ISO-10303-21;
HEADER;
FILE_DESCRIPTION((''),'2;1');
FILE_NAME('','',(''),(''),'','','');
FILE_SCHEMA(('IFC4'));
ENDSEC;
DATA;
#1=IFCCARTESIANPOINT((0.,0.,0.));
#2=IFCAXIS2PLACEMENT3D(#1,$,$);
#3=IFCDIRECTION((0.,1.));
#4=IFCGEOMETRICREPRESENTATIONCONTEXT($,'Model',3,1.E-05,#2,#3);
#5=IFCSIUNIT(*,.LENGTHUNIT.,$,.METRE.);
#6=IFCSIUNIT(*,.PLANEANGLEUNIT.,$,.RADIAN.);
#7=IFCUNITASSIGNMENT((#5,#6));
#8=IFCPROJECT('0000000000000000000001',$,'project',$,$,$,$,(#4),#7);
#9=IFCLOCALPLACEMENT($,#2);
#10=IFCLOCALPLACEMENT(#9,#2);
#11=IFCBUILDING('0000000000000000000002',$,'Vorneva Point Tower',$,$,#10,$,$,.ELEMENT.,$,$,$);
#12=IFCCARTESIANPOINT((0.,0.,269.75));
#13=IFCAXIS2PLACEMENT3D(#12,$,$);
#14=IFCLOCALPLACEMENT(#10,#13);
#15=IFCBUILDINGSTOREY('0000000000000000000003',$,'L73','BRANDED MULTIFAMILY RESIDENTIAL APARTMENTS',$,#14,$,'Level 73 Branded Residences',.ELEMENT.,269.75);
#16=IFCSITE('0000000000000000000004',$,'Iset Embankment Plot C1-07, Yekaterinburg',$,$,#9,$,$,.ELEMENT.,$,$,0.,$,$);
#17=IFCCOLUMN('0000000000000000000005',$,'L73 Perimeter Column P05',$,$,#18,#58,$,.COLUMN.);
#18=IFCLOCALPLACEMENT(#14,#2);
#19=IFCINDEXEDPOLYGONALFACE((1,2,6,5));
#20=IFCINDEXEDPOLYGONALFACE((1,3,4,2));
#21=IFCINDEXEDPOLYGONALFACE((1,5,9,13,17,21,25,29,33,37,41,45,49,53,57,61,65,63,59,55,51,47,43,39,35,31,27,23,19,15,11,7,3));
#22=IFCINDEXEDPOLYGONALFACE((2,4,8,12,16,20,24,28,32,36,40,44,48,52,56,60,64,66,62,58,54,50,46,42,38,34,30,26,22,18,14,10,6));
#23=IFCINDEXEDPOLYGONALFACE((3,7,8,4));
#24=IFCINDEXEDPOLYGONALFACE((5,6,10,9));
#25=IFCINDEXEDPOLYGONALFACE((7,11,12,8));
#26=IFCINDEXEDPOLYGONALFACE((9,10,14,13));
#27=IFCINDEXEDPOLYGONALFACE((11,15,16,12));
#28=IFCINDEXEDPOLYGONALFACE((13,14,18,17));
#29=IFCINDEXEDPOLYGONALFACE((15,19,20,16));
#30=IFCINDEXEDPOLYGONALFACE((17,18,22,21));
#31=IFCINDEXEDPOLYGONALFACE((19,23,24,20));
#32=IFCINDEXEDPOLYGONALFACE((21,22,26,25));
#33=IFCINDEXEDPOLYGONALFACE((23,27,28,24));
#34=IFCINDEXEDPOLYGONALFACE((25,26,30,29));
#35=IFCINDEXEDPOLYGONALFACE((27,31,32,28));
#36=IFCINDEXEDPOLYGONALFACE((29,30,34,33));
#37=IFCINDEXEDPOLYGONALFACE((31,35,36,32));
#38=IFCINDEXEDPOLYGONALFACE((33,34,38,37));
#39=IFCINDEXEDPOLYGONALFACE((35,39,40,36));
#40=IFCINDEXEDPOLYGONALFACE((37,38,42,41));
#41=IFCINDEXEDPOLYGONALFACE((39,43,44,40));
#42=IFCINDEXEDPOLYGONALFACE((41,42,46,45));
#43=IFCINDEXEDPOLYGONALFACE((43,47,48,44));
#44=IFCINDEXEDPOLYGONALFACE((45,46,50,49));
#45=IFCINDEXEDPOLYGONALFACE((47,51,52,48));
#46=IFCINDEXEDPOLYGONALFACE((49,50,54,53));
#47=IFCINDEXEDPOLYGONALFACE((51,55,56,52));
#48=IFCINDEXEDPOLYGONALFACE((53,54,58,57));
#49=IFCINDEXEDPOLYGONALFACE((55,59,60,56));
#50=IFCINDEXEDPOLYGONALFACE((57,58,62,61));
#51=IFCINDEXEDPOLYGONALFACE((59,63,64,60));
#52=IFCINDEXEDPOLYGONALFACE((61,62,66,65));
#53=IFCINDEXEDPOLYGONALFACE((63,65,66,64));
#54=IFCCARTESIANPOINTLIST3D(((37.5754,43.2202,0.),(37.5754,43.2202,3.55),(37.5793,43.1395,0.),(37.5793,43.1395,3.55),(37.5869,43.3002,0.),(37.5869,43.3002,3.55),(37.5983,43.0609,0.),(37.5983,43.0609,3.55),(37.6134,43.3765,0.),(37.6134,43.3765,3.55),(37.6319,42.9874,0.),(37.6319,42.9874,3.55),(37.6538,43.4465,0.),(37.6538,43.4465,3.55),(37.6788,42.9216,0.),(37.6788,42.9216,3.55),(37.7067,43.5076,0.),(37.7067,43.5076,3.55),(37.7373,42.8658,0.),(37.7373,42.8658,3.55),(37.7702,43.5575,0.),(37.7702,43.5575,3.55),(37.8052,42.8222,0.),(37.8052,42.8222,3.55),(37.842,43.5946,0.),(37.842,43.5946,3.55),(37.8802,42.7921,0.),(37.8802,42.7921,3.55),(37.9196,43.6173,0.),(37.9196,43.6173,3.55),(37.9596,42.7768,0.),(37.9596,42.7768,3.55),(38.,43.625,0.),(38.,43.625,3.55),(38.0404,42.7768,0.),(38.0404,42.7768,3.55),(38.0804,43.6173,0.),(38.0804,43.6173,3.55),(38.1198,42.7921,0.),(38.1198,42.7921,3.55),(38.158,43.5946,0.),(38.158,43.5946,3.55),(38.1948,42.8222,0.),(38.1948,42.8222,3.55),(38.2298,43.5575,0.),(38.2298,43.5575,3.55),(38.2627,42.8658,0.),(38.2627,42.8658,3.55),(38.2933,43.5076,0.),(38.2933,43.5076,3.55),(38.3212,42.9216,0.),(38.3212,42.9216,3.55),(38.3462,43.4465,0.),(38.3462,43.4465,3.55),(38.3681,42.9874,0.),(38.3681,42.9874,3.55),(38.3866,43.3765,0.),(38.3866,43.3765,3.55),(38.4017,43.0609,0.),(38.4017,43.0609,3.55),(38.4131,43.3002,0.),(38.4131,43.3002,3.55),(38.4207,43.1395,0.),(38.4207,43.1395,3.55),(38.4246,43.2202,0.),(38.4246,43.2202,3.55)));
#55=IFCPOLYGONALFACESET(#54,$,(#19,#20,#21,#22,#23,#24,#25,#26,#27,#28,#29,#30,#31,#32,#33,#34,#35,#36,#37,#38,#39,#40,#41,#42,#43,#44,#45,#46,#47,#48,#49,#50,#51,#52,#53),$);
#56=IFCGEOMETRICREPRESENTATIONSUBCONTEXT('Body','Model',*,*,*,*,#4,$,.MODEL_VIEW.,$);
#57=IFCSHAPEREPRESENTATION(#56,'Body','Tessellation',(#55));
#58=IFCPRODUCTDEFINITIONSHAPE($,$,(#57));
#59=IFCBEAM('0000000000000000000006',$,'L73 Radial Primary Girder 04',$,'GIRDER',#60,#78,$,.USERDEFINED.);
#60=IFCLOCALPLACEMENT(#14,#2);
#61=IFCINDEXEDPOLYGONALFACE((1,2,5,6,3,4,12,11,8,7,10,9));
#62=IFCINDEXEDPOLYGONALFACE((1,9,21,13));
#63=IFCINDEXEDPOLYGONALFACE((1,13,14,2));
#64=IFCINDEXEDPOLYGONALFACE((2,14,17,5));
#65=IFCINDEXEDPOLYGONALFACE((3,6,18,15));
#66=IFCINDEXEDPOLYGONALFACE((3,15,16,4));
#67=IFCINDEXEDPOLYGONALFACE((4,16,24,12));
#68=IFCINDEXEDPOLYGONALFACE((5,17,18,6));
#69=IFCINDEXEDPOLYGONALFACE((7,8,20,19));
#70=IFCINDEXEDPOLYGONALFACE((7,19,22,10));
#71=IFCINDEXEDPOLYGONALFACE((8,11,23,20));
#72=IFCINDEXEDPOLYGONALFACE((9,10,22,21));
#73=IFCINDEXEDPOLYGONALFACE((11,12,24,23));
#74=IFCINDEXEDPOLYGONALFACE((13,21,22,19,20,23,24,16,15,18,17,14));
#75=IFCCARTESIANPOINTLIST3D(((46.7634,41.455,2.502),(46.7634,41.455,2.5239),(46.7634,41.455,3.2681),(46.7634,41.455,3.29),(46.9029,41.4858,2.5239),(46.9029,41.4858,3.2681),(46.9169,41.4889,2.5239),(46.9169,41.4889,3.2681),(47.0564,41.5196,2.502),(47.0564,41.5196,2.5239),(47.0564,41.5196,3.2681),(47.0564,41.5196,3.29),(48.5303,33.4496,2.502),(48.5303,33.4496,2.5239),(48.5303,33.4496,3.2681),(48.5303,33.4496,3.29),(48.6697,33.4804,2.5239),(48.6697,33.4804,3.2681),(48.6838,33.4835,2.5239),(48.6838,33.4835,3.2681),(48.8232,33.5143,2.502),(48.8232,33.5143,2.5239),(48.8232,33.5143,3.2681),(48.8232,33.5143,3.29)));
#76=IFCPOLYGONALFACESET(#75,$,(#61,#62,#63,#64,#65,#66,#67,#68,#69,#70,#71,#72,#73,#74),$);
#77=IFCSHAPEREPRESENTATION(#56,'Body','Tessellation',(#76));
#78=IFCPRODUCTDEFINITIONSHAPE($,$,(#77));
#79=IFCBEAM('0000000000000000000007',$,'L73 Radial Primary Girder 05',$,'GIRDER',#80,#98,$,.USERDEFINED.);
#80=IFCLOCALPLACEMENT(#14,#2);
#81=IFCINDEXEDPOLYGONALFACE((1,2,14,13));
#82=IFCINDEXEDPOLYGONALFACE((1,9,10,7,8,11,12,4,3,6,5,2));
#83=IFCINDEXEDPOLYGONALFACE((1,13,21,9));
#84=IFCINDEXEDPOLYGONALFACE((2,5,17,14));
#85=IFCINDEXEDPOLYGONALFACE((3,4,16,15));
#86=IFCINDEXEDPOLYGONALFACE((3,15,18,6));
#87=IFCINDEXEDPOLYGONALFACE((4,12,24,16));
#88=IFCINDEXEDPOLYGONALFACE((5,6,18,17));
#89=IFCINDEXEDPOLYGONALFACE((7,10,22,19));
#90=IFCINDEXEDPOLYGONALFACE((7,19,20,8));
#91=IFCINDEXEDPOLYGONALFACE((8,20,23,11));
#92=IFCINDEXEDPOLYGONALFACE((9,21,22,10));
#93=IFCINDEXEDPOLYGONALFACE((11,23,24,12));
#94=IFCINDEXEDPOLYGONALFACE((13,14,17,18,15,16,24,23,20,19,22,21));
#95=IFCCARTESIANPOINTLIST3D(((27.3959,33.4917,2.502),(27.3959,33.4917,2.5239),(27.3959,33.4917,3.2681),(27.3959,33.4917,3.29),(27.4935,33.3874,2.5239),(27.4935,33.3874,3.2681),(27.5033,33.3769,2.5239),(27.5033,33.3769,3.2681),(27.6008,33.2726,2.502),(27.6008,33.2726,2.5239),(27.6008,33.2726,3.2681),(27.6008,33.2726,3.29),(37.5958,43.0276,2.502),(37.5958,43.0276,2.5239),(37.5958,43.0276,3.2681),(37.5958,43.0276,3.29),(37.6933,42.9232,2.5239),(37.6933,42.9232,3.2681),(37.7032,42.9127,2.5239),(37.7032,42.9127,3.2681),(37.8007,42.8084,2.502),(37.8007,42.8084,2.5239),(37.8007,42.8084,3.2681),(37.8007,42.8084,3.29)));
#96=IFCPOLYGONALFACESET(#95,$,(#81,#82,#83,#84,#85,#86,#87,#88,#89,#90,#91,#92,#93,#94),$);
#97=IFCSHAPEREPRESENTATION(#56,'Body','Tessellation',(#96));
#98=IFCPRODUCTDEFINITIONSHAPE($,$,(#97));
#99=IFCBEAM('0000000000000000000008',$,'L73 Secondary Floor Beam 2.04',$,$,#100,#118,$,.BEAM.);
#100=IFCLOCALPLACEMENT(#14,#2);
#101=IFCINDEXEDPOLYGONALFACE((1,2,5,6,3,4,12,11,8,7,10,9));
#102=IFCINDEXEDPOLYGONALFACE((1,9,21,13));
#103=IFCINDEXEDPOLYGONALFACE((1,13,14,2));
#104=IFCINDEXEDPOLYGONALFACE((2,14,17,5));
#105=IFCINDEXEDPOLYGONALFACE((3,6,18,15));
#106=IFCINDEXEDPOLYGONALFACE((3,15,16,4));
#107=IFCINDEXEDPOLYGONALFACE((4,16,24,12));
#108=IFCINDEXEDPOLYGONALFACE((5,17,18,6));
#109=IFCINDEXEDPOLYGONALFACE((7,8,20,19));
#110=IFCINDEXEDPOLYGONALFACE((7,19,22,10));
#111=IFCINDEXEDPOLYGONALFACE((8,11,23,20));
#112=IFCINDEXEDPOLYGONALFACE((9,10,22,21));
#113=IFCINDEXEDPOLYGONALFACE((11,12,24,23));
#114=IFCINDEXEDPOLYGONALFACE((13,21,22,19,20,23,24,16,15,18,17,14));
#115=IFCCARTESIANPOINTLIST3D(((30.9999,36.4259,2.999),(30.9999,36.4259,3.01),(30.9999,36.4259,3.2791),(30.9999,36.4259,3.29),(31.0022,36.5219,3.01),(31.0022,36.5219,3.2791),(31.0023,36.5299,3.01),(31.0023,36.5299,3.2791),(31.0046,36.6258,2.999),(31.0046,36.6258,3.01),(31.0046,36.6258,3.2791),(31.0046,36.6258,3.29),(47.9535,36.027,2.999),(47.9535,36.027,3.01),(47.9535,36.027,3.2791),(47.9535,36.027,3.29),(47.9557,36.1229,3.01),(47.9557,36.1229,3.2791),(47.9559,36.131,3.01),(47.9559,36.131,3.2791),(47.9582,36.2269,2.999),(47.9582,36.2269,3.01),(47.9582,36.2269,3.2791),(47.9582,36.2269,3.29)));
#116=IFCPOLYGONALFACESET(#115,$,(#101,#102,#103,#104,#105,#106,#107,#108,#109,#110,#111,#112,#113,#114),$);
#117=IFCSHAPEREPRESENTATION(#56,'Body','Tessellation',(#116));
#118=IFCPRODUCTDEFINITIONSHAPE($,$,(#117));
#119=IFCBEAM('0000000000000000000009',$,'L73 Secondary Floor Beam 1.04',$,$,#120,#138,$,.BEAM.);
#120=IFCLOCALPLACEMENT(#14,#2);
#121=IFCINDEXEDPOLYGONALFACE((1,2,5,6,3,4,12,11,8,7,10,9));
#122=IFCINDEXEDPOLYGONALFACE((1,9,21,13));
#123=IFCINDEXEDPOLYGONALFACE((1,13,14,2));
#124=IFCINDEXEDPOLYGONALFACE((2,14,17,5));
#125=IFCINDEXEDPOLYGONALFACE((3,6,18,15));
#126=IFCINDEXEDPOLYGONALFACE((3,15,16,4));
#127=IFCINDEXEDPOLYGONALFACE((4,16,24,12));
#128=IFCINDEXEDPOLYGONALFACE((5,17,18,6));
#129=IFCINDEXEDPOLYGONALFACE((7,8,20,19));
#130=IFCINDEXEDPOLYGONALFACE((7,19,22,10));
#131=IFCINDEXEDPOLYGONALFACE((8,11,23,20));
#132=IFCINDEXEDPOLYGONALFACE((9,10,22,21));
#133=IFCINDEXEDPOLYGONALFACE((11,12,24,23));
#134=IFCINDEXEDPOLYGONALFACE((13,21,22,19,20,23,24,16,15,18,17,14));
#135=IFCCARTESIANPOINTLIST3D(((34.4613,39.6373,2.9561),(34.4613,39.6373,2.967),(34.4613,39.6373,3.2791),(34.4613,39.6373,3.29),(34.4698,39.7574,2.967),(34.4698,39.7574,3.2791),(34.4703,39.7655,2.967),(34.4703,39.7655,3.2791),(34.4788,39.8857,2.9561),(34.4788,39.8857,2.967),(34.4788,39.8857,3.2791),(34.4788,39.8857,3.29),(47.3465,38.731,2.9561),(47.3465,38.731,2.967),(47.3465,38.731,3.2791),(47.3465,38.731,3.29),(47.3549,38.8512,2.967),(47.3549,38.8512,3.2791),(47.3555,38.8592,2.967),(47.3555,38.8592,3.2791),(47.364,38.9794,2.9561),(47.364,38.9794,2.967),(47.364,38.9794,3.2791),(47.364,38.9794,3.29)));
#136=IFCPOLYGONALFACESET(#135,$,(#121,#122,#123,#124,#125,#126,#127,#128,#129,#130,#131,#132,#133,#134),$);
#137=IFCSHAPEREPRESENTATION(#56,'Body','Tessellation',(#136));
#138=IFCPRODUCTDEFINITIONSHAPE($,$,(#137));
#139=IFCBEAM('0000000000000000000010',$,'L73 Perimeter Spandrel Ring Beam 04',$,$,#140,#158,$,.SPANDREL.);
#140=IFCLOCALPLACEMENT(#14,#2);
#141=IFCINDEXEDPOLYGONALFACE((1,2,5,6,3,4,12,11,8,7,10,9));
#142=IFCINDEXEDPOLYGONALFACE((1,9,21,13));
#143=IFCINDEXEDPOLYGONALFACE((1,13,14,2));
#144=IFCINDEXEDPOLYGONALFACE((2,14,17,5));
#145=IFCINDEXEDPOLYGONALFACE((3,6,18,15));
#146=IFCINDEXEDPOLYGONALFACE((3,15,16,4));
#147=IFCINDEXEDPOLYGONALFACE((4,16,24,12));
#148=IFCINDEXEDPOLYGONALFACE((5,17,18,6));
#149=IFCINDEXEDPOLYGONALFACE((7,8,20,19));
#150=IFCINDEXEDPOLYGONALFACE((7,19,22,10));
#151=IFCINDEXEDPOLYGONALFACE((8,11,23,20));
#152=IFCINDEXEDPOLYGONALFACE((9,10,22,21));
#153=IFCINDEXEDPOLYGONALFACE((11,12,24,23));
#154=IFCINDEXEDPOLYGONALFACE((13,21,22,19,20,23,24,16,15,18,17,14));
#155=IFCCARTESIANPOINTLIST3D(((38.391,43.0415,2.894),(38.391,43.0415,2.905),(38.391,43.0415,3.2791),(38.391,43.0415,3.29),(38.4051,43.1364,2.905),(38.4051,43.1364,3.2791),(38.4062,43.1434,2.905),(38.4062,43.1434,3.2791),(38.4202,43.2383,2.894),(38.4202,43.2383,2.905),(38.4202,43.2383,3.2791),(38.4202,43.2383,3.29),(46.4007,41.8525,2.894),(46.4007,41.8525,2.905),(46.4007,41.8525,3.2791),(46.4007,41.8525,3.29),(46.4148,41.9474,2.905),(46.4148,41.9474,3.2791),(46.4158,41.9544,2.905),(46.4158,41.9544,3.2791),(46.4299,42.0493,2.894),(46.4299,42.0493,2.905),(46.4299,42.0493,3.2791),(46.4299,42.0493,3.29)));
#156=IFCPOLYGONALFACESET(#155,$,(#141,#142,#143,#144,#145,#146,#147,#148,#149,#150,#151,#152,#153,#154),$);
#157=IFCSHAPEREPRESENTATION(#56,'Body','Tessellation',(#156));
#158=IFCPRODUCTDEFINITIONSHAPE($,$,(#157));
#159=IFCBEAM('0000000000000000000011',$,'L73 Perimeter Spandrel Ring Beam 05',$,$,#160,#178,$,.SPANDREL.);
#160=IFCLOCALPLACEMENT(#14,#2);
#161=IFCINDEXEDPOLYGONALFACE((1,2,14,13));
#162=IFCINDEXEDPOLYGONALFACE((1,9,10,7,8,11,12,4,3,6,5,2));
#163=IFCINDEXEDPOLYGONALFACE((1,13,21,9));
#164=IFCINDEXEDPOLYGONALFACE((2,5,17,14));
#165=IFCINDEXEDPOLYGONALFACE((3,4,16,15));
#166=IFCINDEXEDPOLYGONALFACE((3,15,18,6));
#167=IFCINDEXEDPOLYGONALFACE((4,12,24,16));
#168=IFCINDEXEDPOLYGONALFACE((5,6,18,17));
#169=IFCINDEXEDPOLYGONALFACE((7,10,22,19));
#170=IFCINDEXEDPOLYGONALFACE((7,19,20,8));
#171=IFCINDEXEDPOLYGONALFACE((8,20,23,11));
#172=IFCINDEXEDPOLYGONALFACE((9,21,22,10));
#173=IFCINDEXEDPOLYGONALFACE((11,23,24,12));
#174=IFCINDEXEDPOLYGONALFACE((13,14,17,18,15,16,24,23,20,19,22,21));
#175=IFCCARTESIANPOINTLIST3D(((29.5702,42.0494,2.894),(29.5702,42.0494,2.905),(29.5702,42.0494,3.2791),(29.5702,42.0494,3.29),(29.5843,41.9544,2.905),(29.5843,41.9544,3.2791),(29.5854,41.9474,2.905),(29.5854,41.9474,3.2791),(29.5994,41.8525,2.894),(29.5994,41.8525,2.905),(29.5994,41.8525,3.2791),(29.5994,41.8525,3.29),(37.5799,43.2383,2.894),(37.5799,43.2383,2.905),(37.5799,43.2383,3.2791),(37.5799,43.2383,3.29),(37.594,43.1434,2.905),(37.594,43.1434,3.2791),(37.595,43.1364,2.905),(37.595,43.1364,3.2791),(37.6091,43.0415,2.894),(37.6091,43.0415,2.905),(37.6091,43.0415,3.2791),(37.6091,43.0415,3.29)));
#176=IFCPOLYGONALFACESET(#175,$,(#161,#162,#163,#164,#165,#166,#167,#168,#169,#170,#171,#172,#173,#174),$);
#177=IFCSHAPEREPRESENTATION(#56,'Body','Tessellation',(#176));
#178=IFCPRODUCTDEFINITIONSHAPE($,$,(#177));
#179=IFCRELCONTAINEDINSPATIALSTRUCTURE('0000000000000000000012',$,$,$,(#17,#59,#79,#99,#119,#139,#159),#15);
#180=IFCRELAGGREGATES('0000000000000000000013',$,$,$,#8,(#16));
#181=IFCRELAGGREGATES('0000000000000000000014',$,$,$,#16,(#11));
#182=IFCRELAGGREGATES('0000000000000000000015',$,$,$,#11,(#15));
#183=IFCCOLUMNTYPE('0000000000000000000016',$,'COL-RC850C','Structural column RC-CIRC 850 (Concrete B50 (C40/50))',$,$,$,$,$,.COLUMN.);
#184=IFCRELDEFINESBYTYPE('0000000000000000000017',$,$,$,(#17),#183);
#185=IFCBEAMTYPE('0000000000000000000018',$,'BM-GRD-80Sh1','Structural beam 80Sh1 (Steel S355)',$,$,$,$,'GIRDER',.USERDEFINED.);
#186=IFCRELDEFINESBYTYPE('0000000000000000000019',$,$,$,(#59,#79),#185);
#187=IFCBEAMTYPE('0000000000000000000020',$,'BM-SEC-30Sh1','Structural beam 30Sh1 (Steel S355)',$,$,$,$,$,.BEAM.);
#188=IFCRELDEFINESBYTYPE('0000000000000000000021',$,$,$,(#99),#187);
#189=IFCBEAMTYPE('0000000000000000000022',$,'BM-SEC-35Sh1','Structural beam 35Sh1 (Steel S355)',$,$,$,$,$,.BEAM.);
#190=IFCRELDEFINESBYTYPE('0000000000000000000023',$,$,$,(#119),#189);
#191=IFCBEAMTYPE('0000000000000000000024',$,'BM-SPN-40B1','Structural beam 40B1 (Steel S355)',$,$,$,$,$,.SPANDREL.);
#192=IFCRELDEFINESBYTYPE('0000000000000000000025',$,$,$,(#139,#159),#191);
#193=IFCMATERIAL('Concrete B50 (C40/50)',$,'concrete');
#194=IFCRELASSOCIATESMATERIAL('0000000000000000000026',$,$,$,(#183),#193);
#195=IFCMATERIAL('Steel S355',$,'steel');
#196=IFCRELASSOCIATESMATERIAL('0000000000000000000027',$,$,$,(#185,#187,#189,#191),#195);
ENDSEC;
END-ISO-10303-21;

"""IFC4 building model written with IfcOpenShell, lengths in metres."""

from ifc_helpers import new_model, si_unit, direction, frame, origin, origin_2d, place, context, subcontext, project, spatial, circle, i_section, extrude, material, material_profile, profile_set, type_object, element, save


model = new_model("IFC4")

# Units and contexts
model_context = context("Model", 3, precision=1e-05, world=origin(), true_north=direction((0.0, 1.0)))
body_context = subcontext(model_context, "Body", "Model", "MODEL_VIEW")
ifc_project = project(units=[si_unit("LENGTHUNIT", "METRE"), si_unit("PLANEANGLEUNIT", "RADIAN")], contexts=[model_context])

# Site, building, storey
site_placement = place(None, origin())
site = spatial("IfcSite", under=ifc_project, at=site_placement, Name="Iset Embankment Plot C1-07, Yekaterinburg", CompositionType="ELEMENT", RefElevation=0.0)
building_placement = place(site_placement, origin())
building = spatial("IfcBuilding", under=site, at=building_placement, Name="Vorneva Point Tower", CompositionType="ELEMENT")
storey_placement = place(building_placement, frame((0.0, 0.0, 269.75)))
storey = spatial("IfcBuildingStorey", under=building, at=storey_placement, Name="L73", Description="BRANDED MULTIFAMILY RESIDENTIAL APARTMENTS", LongName="Level 73 Branded Residences", CompositionType="ELEMENT", Elevation=269.75)

# Column
ifc_material_1 = material(Name="Concrete B50 (C40/50)", Category="concrete")
ifc_material_profile_1 = material_profile(ifc_material_1, circle(Radius=0.425, at=origin_2d()), Name="RC-CIRC 850")
ifc_profile_set_1 = profile_set([ifc_material_profile_1], Name="Concrete B50 (C40/50)")
column_type = type_object("IfcColumnType", Name="COL-RC850C", Description="Structural column RC-CIRC 850 (Concrete B50 (C40/50))", PredefinedType="COLUMN", material=ifc_profile_set_1)
for number, where, z_axis, x_axis, name in (
    (1, (38.0, 43.2, 0.0), (0.0, 0.0, 1.0), (0.0, 1.0, 0.0), "L73 Perimeter Column P05"),
):
    element("IfcColumn", number, at=place(storey_placement, frame(where, z_axis=z_axis, x_axis=x_axis)), inside=storey, type_object=column_type, Name=name, PredefinedType="COLUMN", context=body_context, shape_type="SweptSolid", body=[
        extrude(circle(Radius=0.425, at=origin_2d()), origin(), (0.0, 0.0, 1.0), 3.55),
    ])

# Beams
ifc_material_2 = material(Name="Steel S355", Category="steel")
ifc_material_profile_2 = material_profile(ifc_material_2, i_section(OverallWidth=0.3, OverallDepth=0.7881, WebThickness=0.0144, FlangeThickness=0.022, at=origin_2d()), Name="80Sh1")
ifc_profile_set_2 = profile_set([ifc_material_profile_2], Name="Steel S355")
beam_type_1 = type_object("IfcBeamType", Name="BM-GRD-80Sh1", Description="Structural beam 80Sh1 (Steel S355)", ElementType="GIRDER", PredefinedType="USERDEFINED", material=ifc_profile_set_2)
beam_1_placement = place(storey_placement, frame((46.9099, 41.4873, 2.896), z_axis=(0.215521, -0.976499, 0.0), x_axis=(0.976499, 0.215521, 0.0)))
element("IfcBeam", 2, at=beam_1_placement, inside=storey, type_object=beam_type_1, Name="L73 Radial Primary Girder 04", ObjectType="GIRDER", PredefinedType="USERDEFINED", context=body_context, shape_type="SweptSolid", body=[
    extrude(i_section(OverallWidth=0.3, OverallDepth=0.7881, WebThickness=0.0144, FlangeThickness=0.022, at=origin_2d()), origin(), (0.0, 0.0, 1.0), 8.198),
])
beam_2_placement = place(storey_placement, frame((37.6982, 42.918, 2.896), z_axis=(-0.730486, -0.682928, 0.0), x_axis=(0.682928, -0.730486, 0.0)))
element("IfcBeam", 3, at=beam_2_placement, inside=storey, type_object=beam_type_1, Name="L73 Radial Primary Girder 05", ObjectType="GIRDER", PredefinedType="USERDEFINED", context=body_context, shape_type="SweptSolid", body=[
    extrude(i_section(OverallWidth=0.3, OverallDepth=0.7881, WebThickness=0.0144, FlangeThickness=0.022, at=origin_2d()), origin(), (0.0, 0.0, 1.0), 13.9631),
])
ifc_material_profile_3 = material_profile(ifc_material_2, i_section(OverallWidth=0.2, OverallDepth=0.291, WebThickness=0.0081, FlangeThickness=0.011, at=origin_2d()), Name="30Sh1")
ifc_profile_set_3 = profile_set([ifc_material_profile_3], Name="Steel S355")
beam_type_2 = type_object("IfcBeamType", Name="BM-SEC-30Sh1", Description="Structural beam 30Sh1 (Steel S355)", PredefinedType="BEAM", material=ifc_profile_set_3)
beam_3_placement = place(storey_placement, frame((47.9558, 36.127, 3.1445), z_axis=(-0.999723, 0.023524, 0.0), x_axis=(-0.023524, -0.999723, 0.0)))
element("IfcBeam", 4, at=beam_3_placement, inside=storey, type_object=beam_type_2, Name="L73 Secondary Floor Beam 2.04", PredefinedType="BEAM", context=body_context, shape_type="SweptSolid", body=[
    extrude(i_section(OverallWidth=0.2, OverallDepth=0.291, WebThickness=0.0081, FlangeThickness=0.011, at=origin_2d()), origin(), (0.0, 0.0, 1.0), 16.9583),
])
ifc_material_profile_4 = material_profile(ifc_material_2, i_section(OverallWidth=0.249, OverallDepth=0.334, WebThickness=0.0081, FlangeThickness=0.011, at=origin_2d()), Name="35Sh1")
ifc_profile_set_4 = profile_set([ifc_material_profile_4], Name="Steel S355")
beam_type_3 = type_object("IfcBeamType", Name="BM-SEC-35Sh1", Description="Structural beam 35Sh1 (Steel S355)", PredefinedType="BEAM", material=ifc_profile_set_4)
beam_4_placement = place(storey_placement, frame((47.3552, 38.8552, 3.123), z_axis=(-0.997536, 0.070159, 0.0), x_axis=(-0.070159, -0.997536, 0.0)))
element("IfcBeam", 5, at=beam_4_placement, inside=storey, type_object=beam_type_3, Name="L73 Secondary Floor Beam 1.04", PredefinedType="BEAM", context=body_context, shape_type="SweptSolid", body=[
    extrude(i_section(OverallWidth=0.249, OverallDepth=0.334, WebThickness=0.0081, FlangeThickness=0.011, at=origin_2d()), origin(), (0.0, 0.0, 1.0), 12.917),
])
ifc_material_profile_5 = material_profile(ifc_material_2, i_section(OverallWidth=0.199, OverallDepth=0.396, WebThickness=0.0071, FlangeThickness=0.011, at=origin_2d()), Name="40B1")
ifc_profile_set_5 = profile_set([ifc_material_profile_5], Name="Steel S355")
beam_type_4 = type_object("IfcBeamType", Name="BM-SPN-40B1", Description="Structural beam 40B1 (Steel S355)", PredefinedType="SPANDREL", material=ifc_profile_set_5)
for number, where, z_axis, x_axis, name in (
    (6, (46.4153, 41.9509, 3.092), (-0.989162, 0.146831, 0.0), (-0.146831, -0.989162, 0.0), "L73 Perimeter Spandrel Ring Beam 04"),
    (7, (37.5945, 43.1399, 3.092), (-0.989162, -0.146831, 0.0), (0.146831, -0.989162, 0.0), "L73 Perimeter Spandrel Ring Beam 05"),
):
    element("IfcBeam", number, at=place(storey_placement, frame(where, z_axis=z_axis, x_axis=x_axis)), inside=storey, type_object=beam_type_4, Name=name, PredefinedType="SPANDREL", context=body_context, shape_type="SweptSolid", body=[
        extrude(i_section(OverallWidth=0.199, OverallDepth=0.396, WebThickness=0.0071, FlangeThickness=0.011, at=origin_2d()), origin(), (0.0, 0.0, 1.0), 8.0974),
    ])

save(model, "model.ifc")
